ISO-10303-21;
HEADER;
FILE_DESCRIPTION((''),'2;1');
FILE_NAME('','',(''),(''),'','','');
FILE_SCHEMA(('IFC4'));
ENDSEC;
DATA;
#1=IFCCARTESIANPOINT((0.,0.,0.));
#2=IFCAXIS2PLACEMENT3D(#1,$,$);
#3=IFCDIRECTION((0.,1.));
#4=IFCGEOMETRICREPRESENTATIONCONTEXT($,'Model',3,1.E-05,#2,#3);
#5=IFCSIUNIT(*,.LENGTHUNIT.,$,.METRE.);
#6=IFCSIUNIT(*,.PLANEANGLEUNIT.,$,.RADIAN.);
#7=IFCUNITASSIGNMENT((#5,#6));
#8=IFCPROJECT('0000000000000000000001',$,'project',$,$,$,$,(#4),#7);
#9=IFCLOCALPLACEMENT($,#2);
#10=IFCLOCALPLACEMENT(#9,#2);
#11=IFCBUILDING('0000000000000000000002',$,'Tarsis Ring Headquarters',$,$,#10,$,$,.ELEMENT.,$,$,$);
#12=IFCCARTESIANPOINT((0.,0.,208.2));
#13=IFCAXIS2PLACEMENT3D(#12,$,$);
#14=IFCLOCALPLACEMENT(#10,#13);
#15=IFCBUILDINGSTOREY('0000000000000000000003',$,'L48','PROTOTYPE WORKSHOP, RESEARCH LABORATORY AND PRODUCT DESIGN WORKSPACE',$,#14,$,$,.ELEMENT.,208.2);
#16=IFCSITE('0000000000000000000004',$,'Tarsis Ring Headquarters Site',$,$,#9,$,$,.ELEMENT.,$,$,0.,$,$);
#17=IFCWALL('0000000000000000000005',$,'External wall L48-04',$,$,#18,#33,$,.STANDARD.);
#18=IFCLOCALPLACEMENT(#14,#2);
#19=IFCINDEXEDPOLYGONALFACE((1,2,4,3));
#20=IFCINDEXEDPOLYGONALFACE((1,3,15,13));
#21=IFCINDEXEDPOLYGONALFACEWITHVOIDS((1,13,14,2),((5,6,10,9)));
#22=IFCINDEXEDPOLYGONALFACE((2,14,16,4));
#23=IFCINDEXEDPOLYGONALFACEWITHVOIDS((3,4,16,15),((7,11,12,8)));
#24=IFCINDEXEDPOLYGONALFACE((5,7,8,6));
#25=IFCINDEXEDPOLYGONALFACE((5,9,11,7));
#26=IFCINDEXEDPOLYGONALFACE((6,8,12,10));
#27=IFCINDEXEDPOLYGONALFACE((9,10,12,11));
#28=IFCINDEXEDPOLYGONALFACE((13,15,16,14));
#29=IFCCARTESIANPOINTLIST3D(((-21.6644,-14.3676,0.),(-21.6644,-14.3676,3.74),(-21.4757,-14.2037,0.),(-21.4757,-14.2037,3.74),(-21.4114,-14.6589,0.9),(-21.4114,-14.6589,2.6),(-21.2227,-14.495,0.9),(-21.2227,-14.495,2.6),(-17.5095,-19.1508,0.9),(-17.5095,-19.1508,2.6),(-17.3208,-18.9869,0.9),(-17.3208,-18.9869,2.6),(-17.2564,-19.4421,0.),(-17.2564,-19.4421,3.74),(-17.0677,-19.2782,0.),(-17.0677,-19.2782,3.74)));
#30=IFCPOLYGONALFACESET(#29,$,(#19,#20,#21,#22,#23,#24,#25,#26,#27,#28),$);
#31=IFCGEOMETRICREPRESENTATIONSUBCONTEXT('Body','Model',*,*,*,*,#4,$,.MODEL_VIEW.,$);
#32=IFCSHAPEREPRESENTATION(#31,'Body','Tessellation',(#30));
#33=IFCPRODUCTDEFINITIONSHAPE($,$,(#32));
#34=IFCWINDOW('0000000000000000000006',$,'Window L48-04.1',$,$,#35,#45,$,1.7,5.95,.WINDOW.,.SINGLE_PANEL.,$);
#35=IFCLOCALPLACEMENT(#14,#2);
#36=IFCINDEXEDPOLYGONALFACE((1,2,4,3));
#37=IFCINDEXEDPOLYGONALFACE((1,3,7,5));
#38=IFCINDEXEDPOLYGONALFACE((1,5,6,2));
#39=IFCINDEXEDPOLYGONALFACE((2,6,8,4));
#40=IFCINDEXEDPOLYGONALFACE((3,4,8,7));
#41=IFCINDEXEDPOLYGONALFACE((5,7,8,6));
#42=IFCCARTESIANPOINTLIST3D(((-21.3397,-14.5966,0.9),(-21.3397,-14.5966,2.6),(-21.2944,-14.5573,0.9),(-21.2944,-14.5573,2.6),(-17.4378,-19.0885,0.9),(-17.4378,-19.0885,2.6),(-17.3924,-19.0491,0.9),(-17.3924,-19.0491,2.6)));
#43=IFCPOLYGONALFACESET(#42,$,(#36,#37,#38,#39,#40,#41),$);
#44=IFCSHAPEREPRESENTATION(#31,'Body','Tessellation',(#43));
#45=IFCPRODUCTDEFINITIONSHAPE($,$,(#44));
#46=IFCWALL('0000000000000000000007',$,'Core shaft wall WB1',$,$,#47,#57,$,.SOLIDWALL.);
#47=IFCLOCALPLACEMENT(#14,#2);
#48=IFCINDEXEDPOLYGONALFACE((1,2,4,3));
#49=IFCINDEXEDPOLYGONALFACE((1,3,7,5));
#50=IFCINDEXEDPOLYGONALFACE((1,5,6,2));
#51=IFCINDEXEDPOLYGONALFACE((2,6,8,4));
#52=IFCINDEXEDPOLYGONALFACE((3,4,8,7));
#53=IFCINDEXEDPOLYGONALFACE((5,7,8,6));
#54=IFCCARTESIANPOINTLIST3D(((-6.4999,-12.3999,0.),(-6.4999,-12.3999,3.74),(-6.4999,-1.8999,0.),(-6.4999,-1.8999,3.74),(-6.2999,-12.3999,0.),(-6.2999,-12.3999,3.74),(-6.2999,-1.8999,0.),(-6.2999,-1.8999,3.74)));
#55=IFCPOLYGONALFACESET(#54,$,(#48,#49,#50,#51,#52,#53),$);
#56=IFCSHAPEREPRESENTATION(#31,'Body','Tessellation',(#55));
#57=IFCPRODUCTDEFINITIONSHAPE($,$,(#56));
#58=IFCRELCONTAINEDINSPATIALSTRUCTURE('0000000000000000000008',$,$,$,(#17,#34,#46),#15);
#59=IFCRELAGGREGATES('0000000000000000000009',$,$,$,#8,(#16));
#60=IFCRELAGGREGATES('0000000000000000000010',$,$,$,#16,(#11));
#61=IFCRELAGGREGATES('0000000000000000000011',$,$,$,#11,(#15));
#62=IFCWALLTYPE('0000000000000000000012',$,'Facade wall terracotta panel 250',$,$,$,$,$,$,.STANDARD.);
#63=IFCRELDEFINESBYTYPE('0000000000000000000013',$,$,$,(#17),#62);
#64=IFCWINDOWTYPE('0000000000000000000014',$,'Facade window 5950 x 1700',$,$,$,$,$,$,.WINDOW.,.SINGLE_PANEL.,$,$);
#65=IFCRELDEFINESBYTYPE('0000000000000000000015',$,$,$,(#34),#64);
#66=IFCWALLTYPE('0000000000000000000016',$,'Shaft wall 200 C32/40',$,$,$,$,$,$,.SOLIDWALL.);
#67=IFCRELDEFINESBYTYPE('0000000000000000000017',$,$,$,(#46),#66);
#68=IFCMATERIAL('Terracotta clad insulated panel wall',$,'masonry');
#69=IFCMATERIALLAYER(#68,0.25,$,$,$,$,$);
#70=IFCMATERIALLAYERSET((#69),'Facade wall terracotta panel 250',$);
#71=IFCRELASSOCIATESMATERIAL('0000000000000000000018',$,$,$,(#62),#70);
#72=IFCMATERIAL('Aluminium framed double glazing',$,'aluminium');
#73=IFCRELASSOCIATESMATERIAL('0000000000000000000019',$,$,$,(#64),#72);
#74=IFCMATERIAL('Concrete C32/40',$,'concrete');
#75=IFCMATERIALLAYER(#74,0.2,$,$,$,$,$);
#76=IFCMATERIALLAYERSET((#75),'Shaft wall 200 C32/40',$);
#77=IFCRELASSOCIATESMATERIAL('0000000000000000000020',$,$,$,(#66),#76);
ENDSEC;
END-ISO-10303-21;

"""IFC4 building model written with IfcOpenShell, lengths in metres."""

from ifc_helpers import new_model, si_unit, direction, frame, frame_2d, origin, place, context, subcontext, project, spatial, rectangle, extrude, material, layer, layer_set, type_object, element, fill, save


model = new_model("IFC4")

# Units and contexts
model_context = context("Model", 3, precision=1e-05, world=origin(), true_north=direction((0.0, 1.0)))
body_context = subcontext(model_context, "Body", "Model", "MODEL_VIEW")
ifc_project = project(units=[si_unit("LENGTHUNIT", "METRE"), si_unit("PLANEANGLEUNIT", "RADIAN")], contexts=[model_context])

# Site, building, storey
site_placement = place(None, origin())
site = spatial("IfcSite", under=ifc_project, at=site_placement, Name="Tarsis Ring Headquarters Site", CompositionType="ELEMENT", RefElevation=0.0)
building_placement = place(site_placement, origin())
building = spatial("IfcBuilding", under=site, at=building_placement, Name="Tarsis Ring Headquarters", CompositionType="ELEMENT")
storey_placement = place(building_placement, frame((0.0, 0.0, 208.2)))
storey = spatial("IfcBuildingStorey", under=building, at=storey_placement, Name="L48", Description="PROTOTYPE WORKSHOP, RESEARCH LABORATORY AND PRODUCT DESIGN WORKSPACE", CompositionType="ELEMENT", Elevation=208.2)

# Wall, opening, window
ifc_material_1 = material(Name="Terracotta clad insulated panel wall", Category="masonry")
ifc_layer_1 = layer(ifc_material_1, 0.25)
ifc_layer_set_1 = layer_set([ifc_layer_1], Name="Facade wall terracotta panel 250")
wall_type_1 = type_object("IfcWallType", Name="Facade wall terracotta panel 250", PredefinedType="STANDARD", material=ifc_layer_set_1)
wall_1_placement = place(storey_placement, frame((-21.5701, -14.2856, 0.0), z_axis=(0.0, 0.0, 1.0), x_axis=(0.655787, -0.754946, 0.0)))
wall_1 = element("IfcWall", 1, at=wall_1_placement, inside=storey, type_object=wall_type_1, Name="External wall L48-04", PredefinedType="STANDARD", context=body_context, shape_type="SweptSolid", body=[
    extrude(rectangle(XDim=6.7217, YDim=0.25, at=frame_2d((3.3608, 0.0))), origin(), (0.0, 0.0, 1.0), 3.74),
])
opening_1_placement = place(wall_1_placement, frame((0.3857, 0.0, 0.8999)))
opening_1 = element("IfcOpeningElement", 2, at=opening_1_placement, cuts=wall_1, PredefinedType="OPENING", context=body_context, shape_type="SweptSolid", body=[
    extrude(rectangle(XDim=5.95, YDim=1.7, at=frame_2d((2.9751, 0.8501))), frame((0.0, 0.135, 0.0), z_axis=(0.0, -1.0, 0.0), x_axis=(1.0, 0.0, 0.0)), (0.0, 0.0, 1.0), 0.27),
])
ifc_material_2 = material(Name="Aluminium framed double glazing", Category="aluminium")
window_type = type_object("IfcWindowType", Name="Facade window 5950 x 1700", PartitioningType="SINGLE_PANEL", PredefinedType="WINDOW", material=ifc_material_2)
window_placement = place(opening_1_placement, origin())
window = element("IfcWindow", 3, at=window_placement, inside=storey, type_object=window_type, Name="Window L48-04.1", OverallHeight=1.7, OverallWidth=5.95, PartitioningType="SINGLE_PANEL", PredefinedType="WINDOW", context=body_context, shape_type="SweptSolid", body=[
    extrude(rectangle(XDim=5.95, YDim=1.7, at=frame_2d((2.9751, 0.8501))), frame((0.0, 0.03, 0.0), z_axis=(0.0, -1.0, 0.0), x_axis=(1.0, 0.0, 0.0)), (0.0, 0.0, 1.0), 0.0601),
])
fill(opening_1, window)

# Wall
ifc_material_3 = material(Name="Concrete C32/40", Category="concrete")
ifc_layer_2 = layer(ifc_material_3, 0.2)
ifc_layer_set_2 = layer_set([ifc_layer_2], Name="Shaft wall 200 C32/40")
wall_type_2 = type_object("IfcWallType", Name="Shaft wall 200 C32/40", PredefinedType="SOLIDWALL", material=ifc_layer_set_2)
wall_2_placement = place(storey_placement, frame((-6.3999, -12.3999, 0.0), z_axis=(0.0, 0.0, 1.0), x_axis=(0.0, 1.0, 0.0)))
element("IfcWall", 4, at=wall_2_placement, inside=storey, type_object=wall_type_2, Name="Core shaft wall WB1", PredefinedType="SOLIDWALL", context=body_context, shape_type="SweptSolid", body=[
    extrude(rectangle(XDim=10.5, YDim=0.2, at=frame_2d((5.25, 0.0))), origin(), (0.0, 0.0, 1.0), 3.74),
])

save(model, "model.ifc")
